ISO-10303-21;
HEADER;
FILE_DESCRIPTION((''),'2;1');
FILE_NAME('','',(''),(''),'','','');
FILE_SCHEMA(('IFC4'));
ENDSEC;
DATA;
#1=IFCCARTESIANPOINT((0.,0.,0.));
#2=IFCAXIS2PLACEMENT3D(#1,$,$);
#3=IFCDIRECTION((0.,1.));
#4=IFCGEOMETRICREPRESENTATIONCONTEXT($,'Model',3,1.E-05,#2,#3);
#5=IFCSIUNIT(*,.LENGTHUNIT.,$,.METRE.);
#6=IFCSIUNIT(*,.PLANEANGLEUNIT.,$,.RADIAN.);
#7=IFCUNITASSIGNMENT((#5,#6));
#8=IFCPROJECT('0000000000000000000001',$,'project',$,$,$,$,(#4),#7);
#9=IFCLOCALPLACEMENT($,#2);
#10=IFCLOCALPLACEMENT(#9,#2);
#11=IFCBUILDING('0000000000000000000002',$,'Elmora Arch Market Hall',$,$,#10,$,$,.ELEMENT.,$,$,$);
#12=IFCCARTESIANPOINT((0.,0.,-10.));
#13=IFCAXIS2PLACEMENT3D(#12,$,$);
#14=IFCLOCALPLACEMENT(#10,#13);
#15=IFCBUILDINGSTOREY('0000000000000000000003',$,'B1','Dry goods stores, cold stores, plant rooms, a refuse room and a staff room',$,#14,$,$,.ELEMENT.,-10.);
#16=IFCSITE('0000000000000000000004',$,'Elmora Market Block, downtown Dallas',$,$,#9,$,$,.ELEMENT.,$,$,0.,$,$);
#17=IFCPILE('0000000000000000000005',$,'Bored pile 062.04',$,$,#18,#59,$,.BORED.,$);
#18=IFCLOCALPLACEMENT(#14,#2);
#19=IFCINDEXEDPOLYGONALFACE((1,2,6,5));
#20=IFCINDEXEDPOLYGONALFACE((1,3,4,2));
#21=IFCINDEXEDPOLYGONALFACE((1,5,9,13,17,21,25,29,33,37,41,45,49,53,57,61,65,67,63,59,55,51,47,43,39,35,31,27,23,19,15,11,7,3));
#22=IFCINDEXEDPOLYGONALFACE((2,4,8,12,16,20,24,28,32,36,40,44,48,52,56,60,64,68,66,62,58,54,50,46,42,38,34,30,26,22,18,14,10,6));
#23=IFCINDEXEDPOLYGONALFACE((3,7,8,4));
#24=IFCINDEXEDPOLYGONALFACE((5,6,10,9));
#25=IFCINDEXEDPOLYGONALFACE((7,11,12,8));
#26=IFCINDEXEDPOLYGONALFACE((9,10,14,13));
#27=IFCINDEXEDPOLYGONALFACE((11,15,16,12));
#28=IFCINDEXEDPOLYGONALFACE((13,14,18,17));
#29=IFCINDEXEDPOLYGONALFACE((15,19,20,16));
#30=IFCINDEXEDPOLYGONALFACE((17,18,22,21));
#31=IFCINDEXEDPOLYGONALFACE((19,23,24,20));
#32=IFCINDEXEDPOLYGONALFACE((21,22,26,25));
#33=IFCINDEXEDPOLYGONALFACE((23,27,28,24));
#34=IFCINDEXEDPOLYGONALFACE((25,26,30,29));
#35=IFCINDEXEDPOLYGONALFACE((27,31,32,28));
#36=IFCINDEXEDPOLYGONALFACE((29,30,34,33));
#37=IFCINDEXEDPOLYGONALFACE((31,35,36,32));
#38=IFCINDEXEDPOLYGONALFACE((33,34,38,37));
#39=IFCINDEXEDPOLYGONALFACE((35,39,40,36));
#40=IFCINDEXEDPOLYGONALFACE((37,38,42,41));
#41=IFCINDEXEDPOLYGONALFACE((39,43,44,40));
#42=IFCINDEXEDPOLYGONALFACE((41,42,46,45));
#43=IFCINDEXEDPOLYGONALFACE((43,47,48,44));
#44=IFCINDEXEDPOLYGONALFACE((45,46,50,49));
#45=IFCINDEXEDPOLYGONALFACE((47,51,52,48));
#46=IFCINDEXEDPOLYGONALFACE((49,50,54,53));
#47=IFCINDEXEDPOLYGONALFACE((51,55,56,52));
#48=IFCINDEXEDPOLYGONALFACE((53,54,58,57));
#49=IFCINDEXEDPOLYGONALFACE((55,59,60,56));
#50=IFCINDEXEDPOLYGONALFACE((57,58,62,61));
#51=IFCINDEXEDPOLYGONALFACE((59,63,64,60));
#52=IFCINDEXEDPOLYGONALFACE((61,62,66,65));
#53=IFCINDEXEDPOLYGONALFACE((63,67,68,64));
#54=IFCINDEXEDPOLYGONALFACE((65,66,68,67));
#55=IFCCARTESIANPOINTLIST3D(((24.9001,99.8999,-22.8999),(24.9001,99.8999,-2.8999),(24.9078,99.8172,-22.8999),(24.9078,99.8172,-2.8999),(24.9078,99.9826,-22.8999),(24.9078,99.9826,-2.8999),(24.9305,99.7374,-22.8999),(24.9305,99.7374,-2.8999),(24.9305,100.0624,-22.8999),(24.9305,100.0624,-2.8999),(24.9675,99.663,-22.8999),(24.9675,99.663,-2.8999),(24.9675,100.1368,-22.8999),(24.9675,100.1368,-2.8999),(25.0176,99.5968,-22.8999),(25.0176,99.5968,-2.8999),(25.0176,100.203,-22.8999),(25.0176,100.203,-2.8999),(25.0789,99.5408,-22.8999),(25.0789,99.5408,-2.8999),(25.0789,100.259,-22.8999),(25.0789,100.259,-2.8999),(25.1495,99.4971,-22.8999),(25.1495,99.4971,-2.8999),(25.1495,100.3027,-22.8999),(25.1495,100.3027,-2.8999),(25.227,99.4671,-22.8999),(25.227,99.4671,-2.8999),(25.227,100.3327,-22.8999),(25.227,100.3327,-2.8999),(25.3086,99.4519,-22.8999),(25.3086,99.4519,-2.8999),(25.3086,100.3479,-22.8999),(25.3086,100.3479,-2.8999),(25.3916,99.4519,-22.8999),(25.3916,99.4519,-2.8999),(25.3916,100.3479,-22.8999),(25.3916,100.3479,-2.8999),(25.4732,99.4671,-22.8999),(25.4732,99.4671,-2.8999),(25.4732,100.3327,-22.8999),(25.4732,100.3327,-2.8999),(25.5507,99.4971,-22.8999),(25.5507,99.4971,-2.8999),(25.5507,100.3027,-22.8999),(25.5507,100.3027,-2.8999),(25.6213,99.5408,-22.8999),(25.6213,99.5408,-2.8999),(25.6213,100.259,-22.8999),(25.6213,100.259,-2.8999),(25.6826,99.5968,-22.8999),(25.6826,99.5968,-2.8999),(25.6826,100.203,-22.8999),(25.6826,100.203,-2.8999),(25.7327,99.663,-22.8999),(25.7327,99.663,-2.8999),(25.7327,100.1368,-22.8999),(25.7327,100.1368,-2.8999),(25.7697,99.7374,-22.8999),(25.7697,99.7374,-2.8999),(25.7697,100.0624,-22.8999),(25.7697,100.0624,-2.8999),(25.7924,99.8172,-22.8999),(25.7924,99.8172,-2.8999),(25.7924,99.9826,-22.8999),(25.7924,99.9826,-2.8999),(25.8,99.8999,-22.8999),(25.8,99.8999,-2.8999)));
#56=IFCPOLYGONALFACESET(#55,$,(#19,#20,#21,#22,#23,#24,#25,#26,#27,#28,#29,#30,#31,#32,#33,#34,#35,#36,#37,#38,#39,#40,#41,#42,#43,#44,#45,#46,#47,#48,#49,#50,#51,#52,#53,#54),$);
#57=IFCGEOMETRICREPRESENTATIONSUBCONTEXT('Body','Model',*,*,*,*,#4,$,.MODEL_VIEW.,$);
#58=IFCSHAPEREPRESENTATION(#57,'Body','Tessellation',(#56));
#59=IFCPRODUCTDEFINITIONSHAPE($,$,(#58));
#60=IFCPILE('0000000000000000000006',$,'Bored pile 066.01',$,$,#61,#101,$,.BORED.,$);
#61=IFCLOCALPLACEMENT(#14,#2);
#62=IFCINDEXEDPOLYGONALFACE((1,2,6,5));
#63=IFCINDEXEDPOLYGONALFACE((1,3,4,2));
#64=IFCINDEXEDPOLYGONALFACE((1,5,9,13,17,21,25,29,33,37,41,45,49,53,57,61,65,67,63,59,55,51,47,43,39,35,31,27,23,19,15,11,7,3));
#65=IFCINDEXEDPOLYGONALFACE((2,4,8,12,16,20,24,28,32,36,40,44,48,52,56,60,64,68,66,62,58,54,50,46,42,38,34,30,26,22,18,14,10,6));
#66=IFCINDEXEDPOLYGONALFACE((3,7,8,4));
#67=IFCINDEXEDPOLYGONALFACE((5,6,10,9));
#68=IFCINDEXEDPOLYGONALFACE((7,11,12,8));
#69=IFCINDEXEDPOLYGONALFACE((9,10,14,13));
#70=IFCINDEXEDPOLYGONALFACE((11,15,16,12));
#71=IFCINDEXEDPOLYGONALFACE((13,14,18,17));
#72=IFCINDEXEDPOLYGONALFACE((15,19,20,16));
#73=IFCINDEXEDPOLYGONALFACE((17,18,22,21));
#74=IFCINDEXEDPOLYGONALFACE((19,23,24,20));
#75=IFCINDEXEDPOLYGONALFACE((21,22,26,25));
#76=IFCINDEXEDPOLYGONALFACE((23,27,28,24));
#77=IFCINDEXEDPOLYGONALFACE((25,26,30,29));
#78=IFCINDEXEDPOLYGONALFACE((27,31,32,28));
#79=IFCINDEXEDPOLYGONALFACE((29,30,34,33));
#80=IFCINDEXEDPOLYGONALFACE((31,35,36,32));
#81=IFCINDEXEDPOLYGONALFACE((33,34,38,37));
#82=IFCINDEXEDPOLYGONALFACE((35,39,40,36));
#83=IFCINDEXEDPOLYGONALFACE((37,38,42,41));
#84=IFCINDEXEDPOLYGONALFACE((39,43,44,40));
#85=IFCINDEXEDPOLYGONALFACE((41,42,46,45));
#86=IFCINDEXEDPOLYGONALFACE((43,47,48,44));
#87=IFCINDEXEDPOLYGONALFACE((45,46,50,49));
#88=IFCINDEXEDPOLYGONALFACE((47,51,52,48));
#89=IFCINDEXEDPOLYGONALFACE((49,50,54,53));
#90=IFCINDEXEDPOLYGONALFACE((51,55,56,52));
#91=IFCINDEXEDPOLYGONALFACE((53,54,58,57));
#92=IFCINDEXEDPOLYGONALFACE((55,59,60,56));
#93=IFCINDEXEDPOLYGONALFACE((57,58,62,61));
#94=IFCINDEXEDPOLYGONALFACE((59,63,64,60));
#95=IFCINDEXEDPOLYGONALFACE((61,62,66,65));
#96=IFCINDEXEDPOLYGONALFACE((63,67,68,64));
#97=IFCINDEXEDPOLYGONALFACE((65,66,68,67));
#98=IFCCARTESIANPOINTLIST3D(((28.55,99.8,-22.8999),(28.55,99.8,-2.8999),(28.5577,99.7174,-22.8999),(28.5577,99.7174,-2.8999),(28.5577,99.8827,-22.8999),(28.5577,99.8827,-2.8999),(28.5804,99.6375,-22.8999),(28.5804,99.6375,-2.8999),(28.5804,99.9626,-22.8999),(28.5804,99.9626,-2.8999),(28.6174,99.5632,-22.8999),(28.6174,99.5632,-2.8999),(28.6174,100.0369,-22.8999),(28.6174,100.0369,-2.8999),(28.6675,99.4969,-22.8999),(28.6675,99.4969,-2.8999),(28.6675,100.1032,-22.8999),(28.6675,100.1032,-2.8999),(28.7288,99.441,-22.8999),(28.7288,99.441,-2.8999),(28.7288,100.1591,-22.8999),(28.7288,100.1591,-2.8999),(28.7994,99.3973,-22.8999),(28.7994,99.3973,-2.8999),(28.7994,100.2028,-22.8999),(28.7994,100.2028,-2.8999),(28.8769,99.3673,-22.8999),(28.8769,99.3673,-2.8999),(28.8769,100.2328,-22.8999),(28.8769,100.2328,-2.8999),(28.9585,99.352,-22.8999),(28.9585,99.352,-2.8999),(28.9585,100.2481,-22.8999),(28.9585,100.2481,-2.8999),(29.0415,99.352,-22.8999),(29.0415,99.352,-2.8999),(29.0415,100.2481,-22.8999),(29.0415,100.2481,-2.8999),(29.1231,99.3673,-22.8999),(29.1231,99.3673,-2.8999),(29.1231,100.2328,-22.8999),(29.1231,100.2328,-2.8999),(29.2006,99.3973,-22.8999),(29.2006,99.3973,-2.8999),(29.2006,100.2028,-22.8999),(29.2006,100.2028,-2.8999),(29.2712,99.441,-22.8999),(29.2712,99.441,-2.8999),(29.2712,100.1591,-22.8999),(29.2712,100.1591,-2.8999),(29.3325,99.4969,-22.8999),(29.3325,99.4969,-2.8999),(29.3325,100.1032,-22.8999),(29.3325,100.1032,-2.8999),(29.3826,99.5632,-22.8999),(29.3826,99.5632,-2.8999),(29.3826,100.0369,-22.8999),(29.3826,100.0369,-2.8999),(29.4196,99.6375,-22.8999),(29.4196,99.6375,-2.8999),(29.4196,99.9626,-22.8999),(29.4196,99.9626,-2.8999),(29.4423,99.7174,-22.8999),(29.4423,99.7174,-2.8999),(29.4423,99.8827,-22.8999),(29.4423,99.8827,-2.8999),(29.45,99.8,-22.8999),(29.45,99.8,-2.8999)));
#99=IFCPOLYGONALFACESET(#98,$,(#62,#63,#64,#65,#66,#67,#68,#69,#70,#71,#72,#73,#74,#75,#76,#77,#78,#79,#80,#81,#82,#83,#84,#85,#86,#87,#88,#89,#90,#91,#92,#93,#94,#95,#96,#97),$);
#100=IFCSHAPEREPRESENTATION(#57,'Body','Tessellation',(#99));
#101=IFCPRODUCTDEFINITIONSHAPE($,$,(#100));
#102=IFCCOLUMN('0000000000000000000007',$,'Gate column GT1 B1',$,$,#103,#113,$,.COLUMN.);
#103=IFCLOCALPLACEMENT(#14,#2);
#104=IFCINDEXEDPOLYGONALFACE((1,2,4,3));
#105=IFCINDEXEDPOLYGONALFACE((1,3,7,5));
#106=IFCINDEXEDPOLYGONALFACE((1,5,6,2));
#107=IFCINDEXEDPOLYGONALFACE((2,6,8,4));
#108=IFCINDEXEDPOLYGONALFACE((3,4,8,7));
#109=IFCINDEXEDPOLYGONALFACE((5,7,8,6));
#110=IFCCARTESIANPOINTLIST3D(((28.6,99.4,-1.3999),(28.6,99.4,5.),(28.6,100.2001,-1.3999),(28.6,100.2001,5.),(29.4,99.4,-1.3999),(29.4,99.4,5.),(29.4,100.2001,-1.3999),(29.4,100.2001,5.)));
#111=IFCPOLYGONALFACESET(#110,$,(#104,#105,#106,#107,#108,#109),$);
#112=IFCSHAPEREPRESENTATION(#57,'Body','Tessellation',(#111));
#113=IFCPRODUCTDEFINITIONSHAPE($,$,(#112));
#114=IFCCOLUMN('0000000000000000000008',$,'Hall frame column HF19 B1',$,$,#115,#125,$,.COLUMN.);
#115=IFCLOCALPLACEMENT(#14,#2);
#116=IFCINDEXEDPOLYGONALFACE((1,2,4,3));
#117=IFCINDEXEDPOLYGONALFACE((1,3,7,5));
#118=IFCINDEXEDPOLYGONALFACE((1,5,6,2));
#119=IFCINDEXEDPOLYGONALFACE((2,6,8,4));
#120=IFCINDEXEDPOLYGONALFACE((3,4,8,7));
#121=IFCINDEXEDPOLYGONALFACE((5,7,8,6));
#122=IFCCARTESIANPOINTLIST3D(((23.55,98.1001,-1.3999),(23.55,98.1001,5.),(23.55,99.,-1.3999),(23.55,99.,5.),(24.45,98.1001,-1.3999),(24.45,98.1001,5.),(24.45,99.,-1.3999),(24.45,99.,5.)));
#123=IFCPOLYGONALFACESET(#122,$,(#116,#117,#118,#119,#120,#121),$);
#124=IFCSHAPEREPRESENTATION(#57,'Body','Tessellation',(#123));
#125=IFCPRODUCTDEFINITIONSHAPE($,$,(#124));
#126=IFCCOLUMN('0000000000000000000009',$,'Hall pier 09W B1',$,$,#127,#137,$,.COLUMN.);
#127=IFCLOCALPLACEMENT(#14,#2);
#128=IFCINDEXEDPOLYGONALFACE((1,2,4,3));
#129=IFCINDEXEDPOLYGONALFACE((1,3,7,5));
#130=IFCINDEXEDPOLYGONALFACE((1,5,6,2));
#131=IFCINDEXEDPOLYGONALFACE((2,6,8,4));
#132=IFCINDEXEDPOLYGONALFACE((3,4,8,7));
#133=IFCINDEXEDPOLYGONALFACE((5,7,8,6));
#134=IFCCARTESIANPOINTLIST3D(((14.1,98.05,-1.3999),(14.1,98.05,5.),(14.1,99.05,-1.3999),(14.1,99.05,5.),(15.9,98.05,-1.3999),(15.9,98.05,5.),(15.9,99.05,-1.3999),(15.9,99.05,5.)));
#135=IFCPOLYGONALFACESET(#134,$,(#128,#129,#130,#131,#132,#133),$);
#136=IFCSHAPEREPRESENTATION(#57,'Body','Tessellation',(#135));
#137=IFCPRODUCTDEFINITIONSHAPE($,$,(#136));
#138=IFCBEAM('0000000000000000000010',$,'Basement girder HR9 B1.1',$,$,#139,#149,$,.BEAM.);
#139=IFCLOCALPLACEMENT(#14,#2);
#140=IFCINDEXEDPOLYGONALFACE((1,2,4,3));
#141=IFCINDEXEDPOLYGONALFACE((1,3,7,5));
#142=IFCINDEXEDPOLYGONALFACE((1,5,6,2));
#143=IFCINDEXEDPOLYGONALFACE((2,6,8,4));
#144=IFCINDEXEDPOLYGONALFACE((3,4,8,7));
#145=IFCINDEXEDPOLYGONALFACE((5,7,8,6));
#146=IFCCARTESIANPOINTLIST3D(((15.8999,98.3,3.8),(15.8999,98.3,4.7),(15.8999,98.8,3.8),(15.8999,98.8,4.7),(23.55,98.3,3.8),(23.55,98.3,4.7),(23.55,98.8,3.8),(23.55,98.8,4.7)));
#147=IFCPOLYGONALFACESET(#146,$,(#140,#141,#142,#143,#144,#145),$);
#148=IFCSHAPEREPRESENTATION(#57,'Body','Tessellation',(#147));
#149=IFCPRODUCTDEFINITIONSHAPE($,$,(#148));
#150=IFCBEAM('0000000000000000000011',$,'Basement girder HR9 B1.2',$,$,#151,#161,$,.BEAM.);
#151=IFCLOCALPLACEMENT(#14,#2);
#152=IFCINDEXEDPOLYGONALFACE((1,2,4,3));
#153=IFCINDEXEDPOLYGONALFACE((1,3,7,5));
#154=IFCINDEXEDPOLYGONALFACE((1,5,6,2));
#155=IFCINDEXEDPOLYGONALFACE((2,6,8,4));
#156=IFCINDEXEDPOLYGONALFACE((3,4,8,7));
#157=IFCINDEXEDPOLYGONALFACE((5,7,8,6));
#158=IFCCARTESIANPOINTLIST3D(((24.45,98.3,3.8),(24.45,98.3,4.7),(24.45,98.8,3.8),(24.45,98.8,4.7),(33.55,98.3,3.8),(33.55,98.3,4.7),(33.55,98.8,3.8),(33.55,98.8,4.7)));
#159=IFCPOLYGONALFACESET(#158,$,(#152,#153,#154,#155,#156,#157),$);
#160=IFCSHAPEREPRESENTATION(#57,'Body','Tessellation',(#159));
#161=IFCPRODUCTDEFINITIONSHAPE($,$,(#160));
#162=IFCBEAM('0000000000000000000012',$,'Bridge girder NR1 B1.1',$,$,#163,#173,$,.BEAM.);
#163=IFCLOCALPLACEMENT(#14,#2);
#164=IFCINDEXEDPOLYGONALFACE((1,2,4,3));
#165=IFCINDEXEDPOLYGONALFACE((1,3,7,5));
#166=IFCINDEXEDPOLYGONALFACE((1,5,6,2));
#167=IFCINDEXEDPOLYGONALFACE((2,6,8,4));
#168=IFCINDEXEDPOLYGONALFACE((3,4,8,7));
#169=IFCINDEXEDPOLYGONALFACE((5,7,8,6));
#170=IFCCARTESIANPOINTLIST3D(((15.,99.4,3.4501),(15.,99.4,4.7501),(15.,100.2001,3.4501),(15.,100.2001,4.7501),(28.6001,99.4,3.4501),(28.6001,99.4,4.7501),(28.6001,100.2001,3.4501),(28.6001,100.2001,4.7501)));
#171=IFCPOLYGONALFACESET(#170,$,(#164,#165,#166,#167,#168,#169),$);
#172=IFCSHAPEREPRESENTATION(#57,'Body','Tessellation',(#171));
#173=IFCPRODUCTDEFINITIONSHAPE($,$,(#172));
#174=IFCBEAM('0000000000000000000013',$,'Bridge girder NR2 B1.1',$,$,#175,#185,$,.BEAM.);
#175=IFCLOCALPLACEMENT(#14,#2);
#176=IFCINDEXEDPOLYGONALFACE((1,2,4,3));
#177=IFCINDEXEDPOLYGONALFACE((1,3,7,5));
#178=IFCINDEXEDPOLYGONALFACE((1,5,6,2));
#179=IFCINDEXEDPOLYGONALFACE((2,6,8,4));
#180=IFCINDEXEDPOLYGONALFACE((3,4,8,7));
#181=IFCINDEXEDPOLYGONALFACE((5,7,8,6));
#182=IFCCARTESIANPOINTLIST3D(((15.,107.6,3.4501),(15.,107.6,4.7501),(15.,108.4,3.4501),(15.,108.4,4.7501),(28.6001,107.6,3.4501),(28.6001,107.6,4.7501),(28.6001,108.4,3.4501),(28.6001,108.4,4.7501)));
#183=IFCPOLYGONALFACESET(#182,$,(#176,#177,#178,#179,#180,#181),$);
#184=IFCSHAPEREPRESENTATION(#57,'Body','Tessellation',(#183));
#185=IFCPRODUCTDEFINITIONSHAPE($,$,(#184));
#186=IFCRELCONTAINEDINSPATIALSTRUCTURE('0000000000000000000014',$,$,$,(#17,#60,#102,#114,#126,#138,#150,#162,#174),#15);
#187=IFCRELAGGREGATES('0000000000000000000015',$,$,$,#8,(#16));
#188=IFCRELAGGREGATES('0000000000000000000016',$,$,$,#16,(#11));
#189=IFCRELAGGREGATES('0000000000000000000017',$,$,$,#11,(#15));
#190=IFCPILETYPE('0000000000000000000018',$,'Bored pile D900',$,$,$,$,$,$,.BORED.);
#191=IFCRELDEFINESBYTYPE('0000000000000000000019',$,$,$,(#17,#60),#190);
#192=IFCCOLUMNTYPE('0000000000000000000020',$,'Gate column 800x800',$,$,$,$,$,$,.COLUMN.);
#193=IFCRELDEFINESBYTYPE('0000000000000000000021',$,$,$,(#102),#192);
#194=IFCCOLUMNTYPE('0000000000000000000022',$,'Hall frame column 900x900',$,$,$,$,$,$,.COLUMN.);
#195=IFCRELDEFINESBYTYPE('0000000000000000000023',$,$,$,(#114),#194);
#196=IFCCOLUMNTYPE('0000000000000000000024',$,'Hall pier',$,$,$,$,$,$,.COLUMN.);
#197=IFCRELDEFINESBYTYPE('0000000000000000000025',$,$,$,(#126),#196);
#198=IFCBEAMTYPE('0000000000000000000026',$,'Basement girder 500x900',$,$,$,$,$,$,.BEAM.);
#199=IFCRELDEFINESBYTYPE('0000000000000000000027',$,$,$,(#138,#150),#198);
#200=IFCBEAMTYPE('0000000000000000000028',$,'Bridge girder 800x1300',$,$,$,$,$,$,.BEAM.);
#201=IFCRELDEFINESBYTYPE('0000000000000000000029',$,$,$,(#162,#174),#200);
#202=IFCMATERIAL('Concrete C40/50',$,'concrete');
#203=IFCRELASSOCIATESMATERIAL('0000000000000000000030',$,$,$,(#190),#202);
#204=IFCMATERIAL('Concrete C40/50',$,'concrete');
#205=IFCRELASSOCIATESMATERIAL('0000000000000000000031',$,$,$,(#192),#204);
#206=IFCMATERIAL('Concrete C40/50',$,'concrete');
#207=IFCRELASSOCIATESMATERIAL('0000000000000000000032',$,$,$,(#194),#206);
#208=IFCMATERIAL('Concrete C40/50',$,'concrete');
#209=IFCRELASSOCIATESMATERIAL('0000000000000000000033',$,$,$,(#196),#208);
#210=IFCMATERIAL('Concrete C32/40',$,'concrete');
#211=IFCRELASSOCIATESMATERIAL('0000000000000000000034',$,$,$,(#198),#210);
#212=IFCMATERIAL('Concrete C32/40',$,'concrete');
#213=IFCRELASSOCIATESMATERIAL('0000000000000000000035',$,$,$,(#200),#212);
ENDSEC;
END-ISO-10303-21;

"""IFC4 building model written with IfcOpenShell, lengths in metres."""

from ifc_helpers import new_model, si_unit, direction, frame, origin, origin_2d, place, context, subcontext, project, spatial, rectangle, circle, extrude, material, material_profile, profile_set, type_object, element, save


model = new_model("IFC4")

# Units and contexts
model_context = context("Model", 3, precision=1e-05, world=origin(), true_north=direction((0.0, 1.0)))
body_context = subcontext(model_context, "Body", "Model", "MODEL_VIEW")
ifc_project = project(units=[si_unit("LENGTHUNIT", "METRE"), si_unit("PLANEANGLEUNIT", "RADIAN")], contexts=[model_context])

# Site, building, storey
site_placement = place(None, origin())
site = spatial("IfcSite", under=ifc_project, at=site_placement, Name="Elmora Market Block, downtown Dallas", CompositionType="ELEMENT", RefElevation=0.0)
building_placement = place(site_placement, origin())
building = spatial("IfcBuilding", under=site, at=building_placement, Name="Elmora Arch Market Hall", CompositionType="ELEMENT")
storey_placement = place(building_placement, frame((0.0, 0.0, -10.0)))
storey = spatial("IfcBuildingStorey", under=building, at=storey_placement, Name="B1", Description="Dry goods stores, cold stores, plant rooms, a refuse room and a staff room", CompositionType="ELEMENT", Elevation=-10.0)

# Piles
ifc_material_1 = material(Name="Concrete C40/50", Category="concrete")
ifc_material_profile_1 = material_profile(ifc_material_1, circle(Radius=0.45, at=origin_2d()), Name="Bored pile D900")
ifc_profile_set_1 = profile_set([ifc_material_profile_1], Name="Concrete C40/50")
pile_type = type_object("IfcPileType", Name="Bored pile D900", PredefinedType="BORED", material=ifc_profile_set_1)
for number, where, z_axis, x_axis, name in (
    (1, (25.3501, 99.8999, -2.8999), (0.0, 0.0, -1.0), (1.0, 0.0, 0.0), "Bored pile 062.04"),
    (2, (29.0, 99.8, -2.8999), (0.0, 0.0, -1.0), (1.0, 0.0, 0.0), "Bored pile 066.01"),
):
    element("IfcPile", number, at=place(storey_placement, frame(where, z_axis=z_axis, x_axis=x_axis)), inside=storey, type_object=pile_type, Name=name, PredefinedType="BORED", context=body_context, shape_type="SweptSolid", body=[
        extrude(circle(Radius=0.45, at=origin_2d()), origin(), (0.0, 0.0, 1.0), 20.0),
    ])

# Columns
ifc_material_2 = material(Name="Concrete C40/50", Category="concrete")
ifc_material_profile_2 = material_profile(ifc_material_2, rectangle(XDim=0.8, YDim=0.8, at=origin_2d()), Name="Gate column 800x800")
ifc_profile_set_2 = profile_set([ifc_material_profile_2], Name="Concrete C40/50")
column_type_1 = type_object("IfcColumnType", Name="Gate column 800x800", PredefinedType="COLUMN", material=ifc_profile_set_2)
column_1_placement = place(storey_placement, frame((29.0, 99.8, -1.3999), z_axis=(0.0, 0.0, 1.0), x_axis=(1.0, 0.0, 0.0)))
element("IfcColumn", 3, at=column_1_placement, inside=storey, type_object=column_type_1, Name="Gate column GT1 B1", PredefinedType="COLUMN", context=body_context, shape_type="SweptSolid", body=[
    extrude(rectangle(XDim=0.8, YDim=0.8, at=origin_2d()), origin(), (0.0, 0.0, 1.0), 6.3999),
])
ifc_material_3 = material(Name="Concrete C40/50", Category="concrete")
ifc_material_profile_3 = material_profile(ifc_material_3, rectangle(XDim=0.8999, YDim=0.8999, at=origin_2d()), Name="Hall frame column 900x900")
ifc_profile_set_3 = profile_set([ifc_material_profile_3], Name="Concrete C40/50")
column_type_2 = type_object("IfcColumnType", Name="Hall frame column 900x900", PredefinedType="COLUMN", material=ifc_profile_set_3)
column_2_placement = place(storey_placement, frame((24.0, 98.55, -1.3999), z_axis=(0.0, 0.0, 1.0), x_axis=(1.0, 0.0, 0.0)))
element("IfcColumn", 4, at=column_2_placement, inside=storey, type_object=column_type_2, Name="Hall frame column HF19 B1", PredefinedType="COLUMN", context=body_context, shape_type="SweptSolid", body=[
    extrude(rectangle(XDim=0.8999, YDim=0.8999, at=origin_2d()), origin(), (0.0, 0.0, 1.0), 6.3999),
])
ifc_material_4 = material(Name="Concrete C40/50", Category="concrete")
ifc_material_profile_4 = material_profile(ifc_material_4, rectangle(XDim=1.8, YDim=1.0, at=origin_2d()), Name="Hall pier")
ifc_profile_set_4 = profile_set([ifc_material_profile_4], Name="Concrete C40/50")
column_type_3 = type_object("IfcColumnType", Name="Hall pier", PredefinedType="COLUMN", material=ifc_profile_set_4)
column_3_placement = place(storey_placement, frame((15.0, 98.55, -1.3999), z_axis=(0.0, 0.0, 1.0), x_axis=(1.0, 0.0, 0.0)))
element("IfcColumn", 5, at=column_3_placement, inside=storey, type_object=column_type_3, Name="Hall pier 09W B1", PredefinedType="COLUMN", context=body_context, shape_type="SweptSolid", body=[
    extrude(rectangle(XDim=1.8, YDim=1.0, at=origin_2d()), origin(), (0.0, 0.0, 1.0), 6.3999),
])

# Beams
ifc_material_5 = material(Name="Concrete C32/40", Category="concrete")
ifc_material_profile_5 = material_profile(ifc_material_5, rectangle(XDim=0.5, YDim=0.8999, at=origin_2d()), Name="Basement girder 500x900")
ifc_profile_set_5 = profile_set([ifc_material_profile_5], Name="Concrete C32/40")
beam_type_1 = type_object("IfcBeamType", Name="Basement girder 500x900", PredefinedType="BEAM", material=ifc_profile_set_5)
beam_1_placement = place(storey_placement, frame((15.8999, 98.55, 4.25), z_axis=(1.0, 0.0, 0.0), x_axis=(0.0, 1.0, 0.0)))
element("IfcBeam", 6, at=beam_1_placement, inside=storey, type_object=beam_type_1, Name="Basement girder HR9 B1.1", PredefinedType="BEAM", context=body_context, shape_type="SweptSolid", body=[
    extrude(rectangle(XDim=0.5, YDim=0.8999, at=origin_2d()), origin(), (0.0, 0.0, 1.0), 7.6501),
])
beam_2_placement = place(storey_placement, frame((24.45, 98.55, 4.25), z_axis=(1.0, 0.0, 0.0), x_axis=(0.0, 1.0, 0.0)))
element("IfcBeam", 7, at=beam_2_placement, inside=storey, type_object=beam_type_1, Name="Basement girder HR9 B1.2", PredefinedType="BEAM", context=body_context, shape_type="SweptSolid", body=[
    extrude(rectangle(XDim=0.5, YDim=0.8999, at=origin_2d()), origin(), (0.0, 0.0, 1.0), 9.1001),
])
ifc_material_6 = material(Name="Concrete C32/40", Category="concrete")
ifc_material_profile_6 = material_profile(ifc_material_6, rectangle(XDim=0.8, YDim=1.3, at=origin_2d()), Name="Bridge girder 800x1300")
ifc_profile_set_6 = profile_set([ifc_material_profile_6], Name="Concrete C32/40")
beam_type_2 = type_object("IfcBeamType", Name="Bridge girder 800x1300", PredefinedType="BEAM", material=ifc_profile_set_6)
for number, where, z_axis, x_axis, name in (
    (8, (15.0, 99.8, 4.1001), (1.0, 0.0, 0.0), (0.0, 1.0, 0.0), "Bridge girder NR1 B1.1"),
    (9, (15.0, 108.0, 4.1001), (1.0, 0.0, 0.0), (0.0, 1.0, 0.0), "Bridge girder NR2 B1.1"),
):
    element("IfcBeam", number, at=place(storey_placement, frame(where, z_axis=z_axis, x_axis=x_axis)), inside=storey, type_object=beam_type_2, Name=name, PredefinedType="BEAM", context=body_context, shape_type="SweptSolid", body=[
        extrude(rectangle(XDim=0.8, YDim=1.3, at=origin_2d()), origin(), (0.0, 0.0, 1.0), 13.6001),
    ])

save(model, "model.ifc")
